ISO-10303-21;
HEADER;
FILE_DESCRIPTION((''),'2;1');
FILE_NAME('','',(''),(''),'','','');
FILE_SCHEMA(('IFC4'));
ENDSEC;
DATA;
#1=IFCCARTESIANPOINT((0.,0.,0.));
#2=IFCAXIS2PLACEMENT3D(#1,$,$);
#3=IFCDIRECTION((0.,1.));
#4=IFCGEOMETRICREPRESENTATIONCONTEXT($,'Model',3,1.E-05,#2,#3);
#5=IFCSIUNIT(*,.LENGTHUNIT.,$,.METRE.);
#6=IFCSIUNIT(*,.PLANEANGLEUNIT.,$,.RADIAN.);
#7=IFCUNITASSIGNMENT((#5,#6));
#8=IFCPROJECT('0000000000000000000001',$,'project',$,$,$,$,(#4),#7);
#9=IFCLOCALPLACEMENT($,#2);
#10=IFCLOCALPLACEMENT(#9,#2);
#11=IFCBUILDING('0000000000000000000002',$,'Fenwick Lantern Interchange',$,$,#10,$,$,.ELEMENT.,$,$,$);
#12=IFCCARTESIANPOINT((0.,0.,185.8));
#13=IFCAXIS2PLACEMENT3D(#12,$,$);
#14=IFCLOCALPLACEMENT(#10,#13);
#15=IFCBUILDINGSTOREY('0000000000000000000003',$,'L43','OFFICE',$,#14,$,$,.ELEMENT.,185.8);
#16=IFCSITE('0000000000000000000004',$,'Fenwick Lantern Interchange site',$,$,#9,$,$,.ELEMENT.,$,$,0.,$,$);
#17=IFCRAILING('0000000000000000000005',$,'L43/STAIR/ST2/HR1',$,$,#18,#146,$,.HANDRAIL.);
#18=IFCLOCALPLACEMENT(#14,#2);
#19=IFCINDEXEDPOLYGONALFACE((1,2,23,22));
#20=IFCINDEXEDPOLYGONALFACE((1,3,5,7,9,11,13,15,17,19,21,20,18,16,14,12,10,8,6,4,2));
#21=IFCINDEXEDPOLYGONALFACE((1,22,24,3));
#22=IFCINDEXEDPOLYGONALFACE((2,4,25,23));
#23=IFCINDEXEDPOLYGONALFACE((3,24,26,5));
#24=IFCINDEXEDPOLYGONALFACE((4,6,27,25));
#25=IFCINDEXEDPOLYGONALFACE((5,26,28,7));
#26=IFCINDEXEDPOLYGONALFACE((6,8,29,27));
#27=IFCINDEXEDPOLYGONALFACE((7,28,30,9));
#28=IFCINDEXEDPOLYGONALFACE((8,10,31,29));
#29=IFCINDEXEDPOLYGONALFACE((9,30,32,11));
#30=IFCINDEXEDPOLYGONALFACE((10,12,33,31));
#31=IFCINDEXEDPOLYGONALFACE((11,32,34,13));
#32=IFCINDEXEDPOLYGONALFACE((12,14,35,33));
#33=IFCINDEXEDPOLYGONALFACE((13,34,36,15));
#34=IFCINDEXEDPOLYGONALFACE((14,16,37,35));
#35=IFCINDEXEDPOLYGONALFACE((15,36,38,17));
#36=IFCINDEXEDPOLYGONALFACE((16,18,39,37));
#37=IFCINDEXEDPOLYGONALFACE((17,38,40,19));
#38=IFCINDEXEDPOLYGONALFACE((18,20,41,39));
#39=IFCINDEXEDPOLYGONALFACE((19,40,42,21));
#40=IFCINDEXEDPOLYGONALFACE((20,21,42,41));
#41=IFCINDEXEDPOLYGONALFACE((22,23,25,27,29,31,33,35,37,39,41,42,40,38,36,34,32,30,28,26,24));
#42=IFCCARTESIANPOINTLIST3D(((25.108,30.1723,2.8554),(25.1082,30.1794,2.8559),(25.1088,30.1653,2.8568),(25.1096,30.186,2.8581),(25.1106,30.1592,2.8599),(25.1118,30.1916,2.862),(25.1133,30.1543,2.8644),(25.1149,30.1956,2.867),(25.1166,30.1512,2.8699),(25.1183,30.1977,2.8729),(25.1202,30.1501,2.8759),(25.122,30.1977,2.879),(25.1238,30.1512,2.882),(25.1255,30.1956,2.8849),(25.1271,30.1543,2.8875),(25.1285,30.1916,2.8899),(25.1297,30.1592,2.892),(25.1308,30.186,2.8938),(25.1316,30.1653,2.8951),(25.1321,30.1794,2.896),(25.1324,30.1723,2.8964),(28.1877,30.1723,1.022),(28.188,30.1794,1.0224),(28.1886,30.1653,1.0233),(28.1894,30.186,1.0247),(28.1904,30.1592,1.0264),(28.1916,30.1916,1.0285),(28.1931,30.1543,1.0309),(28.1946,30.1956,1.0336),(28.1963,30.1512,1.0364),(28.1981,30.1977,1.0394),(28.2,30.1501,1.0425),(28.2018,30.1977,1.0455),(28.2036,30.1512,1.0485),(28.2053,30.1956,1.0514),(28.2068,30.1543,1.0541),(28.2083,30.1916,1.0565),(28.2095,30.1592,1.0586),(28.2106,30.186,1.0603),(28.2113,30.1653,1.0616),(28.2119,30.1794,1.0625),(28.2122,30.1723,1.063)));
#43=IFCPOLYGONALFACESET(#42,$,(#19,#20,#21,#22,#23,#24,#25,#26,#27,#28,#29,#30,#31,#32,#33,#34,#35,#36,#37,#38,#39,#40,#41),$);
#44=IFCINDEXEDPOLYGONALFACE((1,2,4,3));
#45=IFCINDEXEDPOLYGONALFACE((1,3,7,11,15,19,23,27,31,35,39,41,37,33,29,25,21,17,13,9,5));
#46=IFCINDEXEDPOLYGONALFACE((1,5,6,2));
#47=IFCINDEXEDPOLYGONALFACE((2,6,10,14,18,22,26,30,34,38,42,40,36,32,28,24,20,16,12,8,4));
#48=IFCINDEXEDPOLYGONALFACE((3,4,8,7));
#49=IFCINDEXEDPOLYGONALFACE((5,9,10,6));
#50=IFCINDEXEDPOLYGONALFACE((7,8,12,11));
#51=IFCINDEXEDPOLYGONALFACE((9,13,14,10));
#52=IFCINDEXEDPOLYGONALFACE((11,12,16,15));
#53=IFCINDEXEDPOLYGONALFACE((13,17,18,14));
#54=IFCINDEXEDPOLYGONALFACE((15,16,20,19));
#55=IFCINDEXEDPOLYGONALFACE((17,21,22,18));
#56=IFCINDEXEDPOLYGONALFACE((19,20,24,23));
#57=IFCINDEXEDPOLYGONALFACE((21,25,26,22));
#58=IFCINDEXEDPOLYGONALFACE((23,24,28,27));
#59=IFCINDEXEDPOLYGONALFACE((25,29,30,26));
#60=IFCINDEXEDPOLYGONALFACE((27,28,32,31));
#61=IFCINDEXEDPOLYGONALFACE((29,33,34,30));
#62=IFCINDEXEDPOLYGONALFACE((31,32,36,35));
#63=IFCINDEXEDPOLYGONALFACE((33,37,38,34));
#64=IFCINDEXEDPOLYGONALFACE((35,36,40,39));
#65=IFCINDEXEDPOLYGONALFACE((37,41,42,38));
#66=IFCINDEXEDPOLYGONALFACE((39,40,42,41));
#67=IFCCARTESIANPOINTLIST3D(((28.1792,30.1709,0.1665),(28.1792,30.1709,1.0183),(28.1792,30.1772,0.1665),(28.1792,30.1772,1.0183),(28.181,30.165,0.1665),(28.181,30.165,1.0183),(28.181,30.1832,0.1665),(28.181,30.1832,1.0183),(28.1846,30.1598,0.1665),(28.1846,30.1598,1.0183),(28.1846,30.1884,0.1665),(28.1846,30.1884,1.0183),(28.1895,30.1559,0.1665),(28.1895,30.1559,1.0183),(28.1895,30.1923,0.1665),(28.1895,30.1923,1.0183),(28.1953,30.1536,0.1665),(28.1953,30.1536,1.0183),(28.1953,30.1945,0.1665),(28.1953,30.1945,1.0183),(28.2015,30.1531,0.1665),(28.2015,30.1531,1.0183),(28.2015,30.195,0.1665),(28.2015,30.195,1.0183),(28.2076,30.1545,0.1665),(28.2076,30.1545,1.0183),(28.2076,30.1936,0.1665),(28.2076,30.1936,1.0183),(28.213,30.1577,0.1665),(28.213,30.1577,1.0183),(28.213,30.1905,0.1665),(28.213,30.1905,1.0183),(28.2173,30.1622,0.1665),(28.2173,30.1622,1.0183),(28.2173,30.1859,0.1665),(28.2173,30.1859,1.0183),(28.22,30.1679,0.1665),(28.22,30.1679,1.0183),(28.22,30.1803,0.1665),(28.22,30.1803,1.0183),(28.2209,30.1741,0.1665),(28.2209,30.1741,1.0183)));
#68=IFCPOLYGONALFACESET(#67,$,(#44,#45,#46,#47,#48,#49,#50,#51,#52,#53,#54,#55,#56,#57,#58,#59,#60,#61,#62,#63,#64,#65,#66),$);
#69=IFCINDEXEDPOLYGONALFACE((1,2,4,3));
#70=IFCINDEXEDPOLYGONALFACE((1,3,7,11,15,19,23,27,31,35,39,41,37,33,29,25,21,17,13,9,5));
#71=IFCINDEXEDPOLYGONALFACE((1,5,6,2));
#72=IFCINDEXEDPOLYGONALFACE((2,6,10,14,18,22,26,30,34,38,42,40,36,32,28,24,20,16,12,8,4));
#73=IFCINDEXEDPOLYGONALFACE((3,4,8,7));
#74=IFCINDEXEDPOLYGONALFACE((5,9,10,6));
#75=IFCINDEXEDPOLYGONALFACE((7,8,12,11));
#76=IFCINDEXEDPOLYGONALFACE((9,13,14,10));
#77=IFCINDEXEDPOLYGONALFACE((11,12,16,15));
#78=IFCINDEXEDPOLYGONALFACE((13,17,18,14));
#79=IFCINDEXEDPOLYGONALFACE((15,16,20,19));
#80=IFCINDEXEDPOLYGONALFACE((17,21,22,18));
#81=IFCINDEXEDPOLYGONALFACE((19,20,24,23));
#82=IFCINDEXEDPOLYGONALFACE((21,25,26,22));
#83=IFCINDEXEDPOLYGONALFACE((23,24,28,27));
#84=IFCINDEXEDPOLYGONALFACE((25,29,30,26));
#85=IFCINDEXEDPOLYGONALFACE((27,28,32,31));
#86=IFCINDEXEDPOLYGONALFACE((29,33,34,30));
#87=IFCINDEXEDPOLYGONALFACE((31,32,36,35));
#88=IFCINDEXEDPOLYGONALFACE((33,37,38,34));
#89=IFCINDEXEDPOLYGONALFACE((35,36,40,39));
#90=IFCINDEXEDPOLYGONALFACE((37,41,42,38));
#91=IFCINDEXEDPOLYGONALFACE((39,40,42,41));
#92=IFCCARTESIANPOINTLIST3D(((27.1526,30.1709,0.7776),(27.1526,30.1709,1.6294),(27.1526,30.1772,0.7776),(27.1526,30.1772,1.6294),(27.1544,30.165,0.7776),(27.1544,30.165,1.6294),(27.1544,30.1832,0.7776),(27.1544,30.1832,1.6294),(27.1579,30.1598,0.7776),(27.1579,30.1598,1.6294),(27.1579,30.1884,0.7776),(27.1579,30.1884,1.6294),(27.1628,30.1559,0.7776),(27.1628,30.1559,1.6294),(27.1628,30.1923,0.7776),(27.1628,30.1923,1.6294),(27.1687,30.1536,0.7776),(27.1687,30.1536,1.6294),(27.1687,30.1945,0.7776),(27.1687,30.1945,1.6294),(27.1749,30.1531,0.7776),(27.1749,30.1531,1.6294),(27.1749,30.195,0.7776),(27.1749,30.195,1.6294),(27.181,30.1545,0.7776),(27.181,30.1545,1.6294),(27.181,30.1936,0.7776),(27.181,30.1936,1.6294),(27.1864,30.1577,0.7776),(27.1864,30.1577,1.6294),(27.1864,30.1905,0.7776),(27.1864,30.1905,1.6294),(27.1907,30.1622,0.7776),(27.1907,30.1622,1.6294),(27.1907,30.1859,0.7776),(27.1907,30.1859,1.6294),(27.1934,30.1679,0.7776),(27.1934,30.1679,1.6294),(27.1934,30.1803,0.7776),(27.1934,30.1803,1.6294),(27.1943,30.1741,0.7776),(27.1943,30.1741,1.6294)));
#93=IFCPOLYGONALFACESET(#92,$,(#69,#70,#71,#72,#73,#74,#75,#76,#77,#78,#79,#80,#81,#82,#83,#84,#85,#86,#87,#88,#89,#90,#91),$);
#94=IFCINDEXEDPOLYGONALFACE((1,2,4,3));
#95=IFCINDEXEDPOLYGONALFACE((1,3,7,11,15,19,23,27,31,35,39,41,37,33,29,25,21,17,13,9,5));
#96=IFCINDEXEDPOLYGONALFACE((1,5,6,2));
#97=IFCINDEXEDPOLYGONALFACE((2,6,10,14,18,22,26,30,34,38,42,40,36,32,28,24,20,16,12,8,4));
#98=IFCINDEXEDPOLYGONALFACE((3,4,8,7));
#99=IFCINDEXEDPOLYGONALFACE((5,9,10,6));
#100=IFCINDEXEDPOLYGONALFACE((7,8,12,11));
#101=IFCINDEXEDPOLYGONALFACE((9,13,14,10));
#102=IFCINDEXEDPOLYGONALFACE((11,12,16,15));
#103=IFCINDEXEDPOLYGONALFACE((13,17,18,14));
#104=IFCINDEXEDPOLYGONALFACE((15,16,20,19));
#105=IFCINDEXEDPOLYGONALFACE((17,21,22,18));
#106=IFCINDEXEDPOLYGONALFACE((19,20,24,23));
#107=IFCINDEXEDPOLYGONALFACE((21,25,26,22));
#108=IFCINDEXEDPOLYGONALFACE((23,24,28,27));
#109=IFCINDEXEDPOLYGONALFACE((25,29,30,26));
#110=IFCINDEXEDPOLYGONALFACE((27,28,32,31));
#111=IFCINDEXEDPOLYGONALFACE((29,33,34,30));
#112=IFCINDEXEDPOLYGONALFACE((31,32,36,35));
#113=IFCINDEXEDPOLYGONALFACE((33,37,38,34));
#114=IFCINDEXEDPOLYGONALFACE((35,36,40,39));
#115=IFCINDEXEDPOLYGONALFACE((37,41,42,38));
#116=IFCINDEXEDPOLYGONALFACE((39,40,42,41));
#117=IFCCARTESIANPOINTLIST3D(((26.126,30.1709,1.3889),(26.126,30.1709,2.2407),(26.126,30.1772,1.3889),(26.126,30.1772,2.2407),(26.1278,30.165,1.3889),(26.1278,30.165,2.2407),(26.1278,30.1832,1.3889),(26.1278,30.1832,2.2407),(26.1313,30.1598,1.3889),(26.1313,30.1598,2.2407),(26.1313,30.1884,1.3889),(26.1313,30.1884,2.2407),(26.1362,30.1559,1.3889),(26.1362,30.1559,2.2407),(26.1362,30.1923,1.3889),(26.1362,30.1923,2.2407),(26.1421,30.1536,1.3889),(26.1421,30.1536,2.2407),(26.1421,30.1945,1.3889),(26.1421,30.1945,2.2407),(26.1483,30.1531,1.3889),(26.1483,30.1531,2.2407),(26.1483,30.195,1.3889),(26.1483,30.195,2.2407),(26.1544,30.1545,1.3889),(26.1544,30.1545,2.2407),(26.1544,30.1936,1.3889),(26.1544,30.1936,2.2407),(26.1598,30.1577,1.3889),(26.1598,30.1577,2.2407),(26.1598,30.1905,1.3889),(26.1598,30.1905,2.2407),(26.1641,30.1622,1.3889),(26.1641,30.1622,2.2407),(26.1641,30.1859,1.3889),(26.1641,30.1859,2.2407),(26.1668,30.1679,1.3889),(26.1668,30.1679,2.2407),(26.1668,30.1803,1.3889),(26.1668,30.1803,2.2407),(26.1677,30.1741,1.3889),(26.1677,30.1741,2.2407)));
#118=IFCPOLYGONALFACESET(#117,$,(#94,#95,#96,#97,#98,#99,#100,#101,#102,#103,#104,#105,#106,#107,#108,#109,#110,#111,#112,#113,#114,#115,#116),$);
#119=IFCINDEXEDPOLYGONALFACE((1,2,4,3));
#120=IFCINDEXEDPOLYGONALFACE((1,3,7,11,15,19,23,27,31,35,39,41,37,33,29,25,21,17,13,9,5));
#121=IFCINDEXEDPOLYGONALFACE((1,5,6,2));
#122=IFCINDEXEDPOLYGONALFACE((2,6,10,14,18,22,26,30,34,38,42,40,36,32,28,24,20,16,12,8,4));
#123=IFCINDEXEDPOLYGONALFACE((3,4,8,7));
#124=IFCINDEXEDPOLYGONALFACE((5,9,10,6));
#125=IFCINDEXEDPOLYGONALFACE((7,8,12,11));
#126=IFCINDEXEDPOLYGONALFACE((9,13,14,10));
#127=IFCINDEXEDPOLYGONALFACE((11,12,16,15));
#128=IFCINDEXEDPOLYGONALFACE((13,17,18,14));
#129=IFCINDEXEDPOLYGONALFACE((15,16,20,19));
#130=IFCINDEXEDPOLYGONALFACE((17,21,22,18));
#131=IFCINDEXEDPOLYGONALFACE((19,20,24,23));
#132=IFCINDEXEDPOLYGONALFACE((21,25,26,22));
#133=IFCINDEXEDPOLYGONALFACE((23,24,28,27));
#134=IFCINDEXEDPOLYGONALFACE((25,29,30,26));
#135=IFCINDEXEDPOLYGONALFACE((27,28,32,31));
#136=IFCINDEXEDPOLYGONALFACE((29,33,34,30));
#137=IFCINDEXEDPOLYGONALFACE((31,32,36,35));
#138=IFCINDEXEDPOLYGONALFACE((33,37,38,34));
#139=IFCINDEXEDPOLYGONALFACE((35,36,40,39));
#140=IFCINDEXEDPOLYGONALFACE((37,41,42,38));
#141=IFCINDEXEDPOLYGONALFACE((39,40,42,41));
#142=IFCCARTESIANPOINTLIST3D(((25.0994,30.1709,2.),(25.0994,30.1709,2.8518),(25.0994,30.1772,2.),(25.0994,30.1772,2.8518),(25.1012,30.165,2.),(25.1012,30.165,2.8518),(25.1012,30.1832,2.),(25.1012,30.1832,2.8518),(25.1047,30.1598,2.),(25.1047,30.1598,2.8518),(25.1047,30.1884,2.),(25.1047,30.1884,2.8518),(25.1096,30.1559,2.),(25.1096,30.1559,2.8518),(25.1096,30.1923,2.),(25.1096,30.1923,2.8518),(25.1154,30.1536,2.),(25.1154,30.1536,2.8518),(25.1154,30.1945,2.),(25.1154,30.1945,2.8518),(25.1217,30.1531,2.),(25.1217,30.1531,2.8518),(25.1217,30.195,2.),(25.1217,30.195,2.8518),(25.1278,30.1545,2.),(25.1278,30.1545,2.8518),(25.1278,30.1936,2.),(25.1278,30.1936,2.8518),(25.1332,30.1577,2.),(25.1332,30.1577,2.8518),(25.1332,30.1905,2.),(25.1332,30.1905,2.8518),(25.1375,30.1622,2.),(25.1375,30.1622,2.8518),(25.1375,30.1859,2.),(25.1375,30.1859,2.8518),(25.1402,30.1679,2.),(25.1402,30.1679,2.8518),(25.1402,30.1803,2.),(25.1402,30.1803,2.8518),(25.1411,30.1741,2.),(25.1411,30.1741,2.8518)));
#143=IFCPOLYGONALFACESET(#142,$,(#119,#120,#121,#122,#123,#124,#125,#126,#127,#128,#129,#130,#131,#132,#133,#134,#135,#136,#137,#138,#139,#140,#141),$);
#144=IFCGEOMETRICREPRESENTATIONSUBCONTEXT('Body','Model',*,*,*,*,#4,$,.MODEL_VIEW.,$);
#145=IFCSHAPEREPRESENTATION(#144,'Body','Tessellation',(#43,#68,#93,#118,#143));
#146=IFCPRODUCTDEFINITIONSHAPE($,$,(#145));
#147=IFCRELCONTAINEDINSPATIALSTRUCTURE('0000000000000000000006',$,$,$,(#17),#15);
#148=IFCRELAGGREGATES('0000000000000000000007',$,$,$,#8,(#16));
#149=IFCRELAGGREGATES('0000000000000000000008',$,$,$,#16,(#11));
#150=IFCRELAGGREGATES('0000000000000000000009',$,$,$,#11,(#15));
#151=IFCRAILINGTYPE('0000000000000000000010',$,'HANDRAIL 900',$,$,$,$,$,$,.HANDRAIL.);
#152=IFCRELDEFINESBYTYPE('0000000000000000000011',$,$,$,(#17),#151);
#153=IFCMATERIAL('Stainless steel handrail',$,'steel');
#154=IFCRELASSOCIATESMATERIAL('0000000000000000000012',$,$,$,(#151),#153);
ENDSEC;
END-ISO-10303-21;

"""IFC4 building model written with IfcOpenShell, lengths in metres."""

from ifc_helpers import new_model, si_unit, direction, frame, origin, origin_2d, place, context, subcontext, project, spatial, circle, extrude, material, type_object, element, save


model = new_model("IFC4")

# Units and contexts
model_context = context("Model", 3, precision=1e-05, world=origin(), true_north=direction((0.0, 1.0)))
body_context = subcontext(model_context, "Body", "Model", "MODEL_VIEW")
ifc_project = project(units=[si_unit("LENGTHUNIT", "METRE"), si_unit("PLANEANGLEUNIT", "RADIAN")], contexts=[model_context])

# Site, building, storey
site_placement = place(None, origin())
site = spatial("IfcSite", under=ifc_project, at=site_placement, Name="Fenwick Lantern Interchange site", CompositionType="ELEMENT", RefElevation=0.0)
building_placement = place(site_placement, origin())
building = spatial("IfcBuilding", under=site, at=building_placement, Name="Fenwick Lantern Interchange", CompositionType="ELEMENT")
storey_placement = place(building_placement, frame((0.0, 0.0, 185.8)))
storey = spatial("IfcBuildingStorey", under=building, at=storey_placement, Name="L43", Description="OFFICE", CompositionType="ELEMENT", Elevation=185.8)

# Railing
ifc_material_1 = material(Name="Stainless steel handrail", Category="steel")
railing_type = type_object("IfcRailingType", Name="HANDRAIL 900", PredefinedType="HANDRAIL", material=ifc_material_1)
railing_1_placement = place(storey_placement, frame((28.2, 30.1741, 0.1665)))
element("IfcRailing", 1, at=railing_1_placement, inside=storey, type_object=railing_type, Name="L43/STAIR/ST2/HR1", PredefinedType="HANDRAIL", context=body_context, shape_type="SweptSolid", body=[
    extrude(circle(Radius=0.0239, at=origin_2d()), frame((0.0, 0.0, 0.876), z_axis=(-0.859261, 0.0, 0.511538), x_axis=(0.0, -1.0, 0.0)), (0.0, 0.0, 1.0), 3.5842),
    extrude(circle(Radius=0.021, at=origin_2d()), origin(), (0.0, 0.0, 1.0), 0.8518),
    extrude(circle(Radius=0.021, at=origin_2d()), frame((-1.0266, 0.0, 0.6111)), (0.0, 0.0, 1.0), 0.8518),
    extrude(circle(Radius=0.021, at=origin_2d()), frame((-2.0532, 0.0, 1.2224)), (0.0, 0.0, 1.0), 0.8518),
    extrude(circle(Radius=0.021, at=origin_2d()), frame((-3.0798, 0.0, 1.8335)), (0.0, 0.0, 1.0), 0.8518),
])

save(model, "model.ifc")
